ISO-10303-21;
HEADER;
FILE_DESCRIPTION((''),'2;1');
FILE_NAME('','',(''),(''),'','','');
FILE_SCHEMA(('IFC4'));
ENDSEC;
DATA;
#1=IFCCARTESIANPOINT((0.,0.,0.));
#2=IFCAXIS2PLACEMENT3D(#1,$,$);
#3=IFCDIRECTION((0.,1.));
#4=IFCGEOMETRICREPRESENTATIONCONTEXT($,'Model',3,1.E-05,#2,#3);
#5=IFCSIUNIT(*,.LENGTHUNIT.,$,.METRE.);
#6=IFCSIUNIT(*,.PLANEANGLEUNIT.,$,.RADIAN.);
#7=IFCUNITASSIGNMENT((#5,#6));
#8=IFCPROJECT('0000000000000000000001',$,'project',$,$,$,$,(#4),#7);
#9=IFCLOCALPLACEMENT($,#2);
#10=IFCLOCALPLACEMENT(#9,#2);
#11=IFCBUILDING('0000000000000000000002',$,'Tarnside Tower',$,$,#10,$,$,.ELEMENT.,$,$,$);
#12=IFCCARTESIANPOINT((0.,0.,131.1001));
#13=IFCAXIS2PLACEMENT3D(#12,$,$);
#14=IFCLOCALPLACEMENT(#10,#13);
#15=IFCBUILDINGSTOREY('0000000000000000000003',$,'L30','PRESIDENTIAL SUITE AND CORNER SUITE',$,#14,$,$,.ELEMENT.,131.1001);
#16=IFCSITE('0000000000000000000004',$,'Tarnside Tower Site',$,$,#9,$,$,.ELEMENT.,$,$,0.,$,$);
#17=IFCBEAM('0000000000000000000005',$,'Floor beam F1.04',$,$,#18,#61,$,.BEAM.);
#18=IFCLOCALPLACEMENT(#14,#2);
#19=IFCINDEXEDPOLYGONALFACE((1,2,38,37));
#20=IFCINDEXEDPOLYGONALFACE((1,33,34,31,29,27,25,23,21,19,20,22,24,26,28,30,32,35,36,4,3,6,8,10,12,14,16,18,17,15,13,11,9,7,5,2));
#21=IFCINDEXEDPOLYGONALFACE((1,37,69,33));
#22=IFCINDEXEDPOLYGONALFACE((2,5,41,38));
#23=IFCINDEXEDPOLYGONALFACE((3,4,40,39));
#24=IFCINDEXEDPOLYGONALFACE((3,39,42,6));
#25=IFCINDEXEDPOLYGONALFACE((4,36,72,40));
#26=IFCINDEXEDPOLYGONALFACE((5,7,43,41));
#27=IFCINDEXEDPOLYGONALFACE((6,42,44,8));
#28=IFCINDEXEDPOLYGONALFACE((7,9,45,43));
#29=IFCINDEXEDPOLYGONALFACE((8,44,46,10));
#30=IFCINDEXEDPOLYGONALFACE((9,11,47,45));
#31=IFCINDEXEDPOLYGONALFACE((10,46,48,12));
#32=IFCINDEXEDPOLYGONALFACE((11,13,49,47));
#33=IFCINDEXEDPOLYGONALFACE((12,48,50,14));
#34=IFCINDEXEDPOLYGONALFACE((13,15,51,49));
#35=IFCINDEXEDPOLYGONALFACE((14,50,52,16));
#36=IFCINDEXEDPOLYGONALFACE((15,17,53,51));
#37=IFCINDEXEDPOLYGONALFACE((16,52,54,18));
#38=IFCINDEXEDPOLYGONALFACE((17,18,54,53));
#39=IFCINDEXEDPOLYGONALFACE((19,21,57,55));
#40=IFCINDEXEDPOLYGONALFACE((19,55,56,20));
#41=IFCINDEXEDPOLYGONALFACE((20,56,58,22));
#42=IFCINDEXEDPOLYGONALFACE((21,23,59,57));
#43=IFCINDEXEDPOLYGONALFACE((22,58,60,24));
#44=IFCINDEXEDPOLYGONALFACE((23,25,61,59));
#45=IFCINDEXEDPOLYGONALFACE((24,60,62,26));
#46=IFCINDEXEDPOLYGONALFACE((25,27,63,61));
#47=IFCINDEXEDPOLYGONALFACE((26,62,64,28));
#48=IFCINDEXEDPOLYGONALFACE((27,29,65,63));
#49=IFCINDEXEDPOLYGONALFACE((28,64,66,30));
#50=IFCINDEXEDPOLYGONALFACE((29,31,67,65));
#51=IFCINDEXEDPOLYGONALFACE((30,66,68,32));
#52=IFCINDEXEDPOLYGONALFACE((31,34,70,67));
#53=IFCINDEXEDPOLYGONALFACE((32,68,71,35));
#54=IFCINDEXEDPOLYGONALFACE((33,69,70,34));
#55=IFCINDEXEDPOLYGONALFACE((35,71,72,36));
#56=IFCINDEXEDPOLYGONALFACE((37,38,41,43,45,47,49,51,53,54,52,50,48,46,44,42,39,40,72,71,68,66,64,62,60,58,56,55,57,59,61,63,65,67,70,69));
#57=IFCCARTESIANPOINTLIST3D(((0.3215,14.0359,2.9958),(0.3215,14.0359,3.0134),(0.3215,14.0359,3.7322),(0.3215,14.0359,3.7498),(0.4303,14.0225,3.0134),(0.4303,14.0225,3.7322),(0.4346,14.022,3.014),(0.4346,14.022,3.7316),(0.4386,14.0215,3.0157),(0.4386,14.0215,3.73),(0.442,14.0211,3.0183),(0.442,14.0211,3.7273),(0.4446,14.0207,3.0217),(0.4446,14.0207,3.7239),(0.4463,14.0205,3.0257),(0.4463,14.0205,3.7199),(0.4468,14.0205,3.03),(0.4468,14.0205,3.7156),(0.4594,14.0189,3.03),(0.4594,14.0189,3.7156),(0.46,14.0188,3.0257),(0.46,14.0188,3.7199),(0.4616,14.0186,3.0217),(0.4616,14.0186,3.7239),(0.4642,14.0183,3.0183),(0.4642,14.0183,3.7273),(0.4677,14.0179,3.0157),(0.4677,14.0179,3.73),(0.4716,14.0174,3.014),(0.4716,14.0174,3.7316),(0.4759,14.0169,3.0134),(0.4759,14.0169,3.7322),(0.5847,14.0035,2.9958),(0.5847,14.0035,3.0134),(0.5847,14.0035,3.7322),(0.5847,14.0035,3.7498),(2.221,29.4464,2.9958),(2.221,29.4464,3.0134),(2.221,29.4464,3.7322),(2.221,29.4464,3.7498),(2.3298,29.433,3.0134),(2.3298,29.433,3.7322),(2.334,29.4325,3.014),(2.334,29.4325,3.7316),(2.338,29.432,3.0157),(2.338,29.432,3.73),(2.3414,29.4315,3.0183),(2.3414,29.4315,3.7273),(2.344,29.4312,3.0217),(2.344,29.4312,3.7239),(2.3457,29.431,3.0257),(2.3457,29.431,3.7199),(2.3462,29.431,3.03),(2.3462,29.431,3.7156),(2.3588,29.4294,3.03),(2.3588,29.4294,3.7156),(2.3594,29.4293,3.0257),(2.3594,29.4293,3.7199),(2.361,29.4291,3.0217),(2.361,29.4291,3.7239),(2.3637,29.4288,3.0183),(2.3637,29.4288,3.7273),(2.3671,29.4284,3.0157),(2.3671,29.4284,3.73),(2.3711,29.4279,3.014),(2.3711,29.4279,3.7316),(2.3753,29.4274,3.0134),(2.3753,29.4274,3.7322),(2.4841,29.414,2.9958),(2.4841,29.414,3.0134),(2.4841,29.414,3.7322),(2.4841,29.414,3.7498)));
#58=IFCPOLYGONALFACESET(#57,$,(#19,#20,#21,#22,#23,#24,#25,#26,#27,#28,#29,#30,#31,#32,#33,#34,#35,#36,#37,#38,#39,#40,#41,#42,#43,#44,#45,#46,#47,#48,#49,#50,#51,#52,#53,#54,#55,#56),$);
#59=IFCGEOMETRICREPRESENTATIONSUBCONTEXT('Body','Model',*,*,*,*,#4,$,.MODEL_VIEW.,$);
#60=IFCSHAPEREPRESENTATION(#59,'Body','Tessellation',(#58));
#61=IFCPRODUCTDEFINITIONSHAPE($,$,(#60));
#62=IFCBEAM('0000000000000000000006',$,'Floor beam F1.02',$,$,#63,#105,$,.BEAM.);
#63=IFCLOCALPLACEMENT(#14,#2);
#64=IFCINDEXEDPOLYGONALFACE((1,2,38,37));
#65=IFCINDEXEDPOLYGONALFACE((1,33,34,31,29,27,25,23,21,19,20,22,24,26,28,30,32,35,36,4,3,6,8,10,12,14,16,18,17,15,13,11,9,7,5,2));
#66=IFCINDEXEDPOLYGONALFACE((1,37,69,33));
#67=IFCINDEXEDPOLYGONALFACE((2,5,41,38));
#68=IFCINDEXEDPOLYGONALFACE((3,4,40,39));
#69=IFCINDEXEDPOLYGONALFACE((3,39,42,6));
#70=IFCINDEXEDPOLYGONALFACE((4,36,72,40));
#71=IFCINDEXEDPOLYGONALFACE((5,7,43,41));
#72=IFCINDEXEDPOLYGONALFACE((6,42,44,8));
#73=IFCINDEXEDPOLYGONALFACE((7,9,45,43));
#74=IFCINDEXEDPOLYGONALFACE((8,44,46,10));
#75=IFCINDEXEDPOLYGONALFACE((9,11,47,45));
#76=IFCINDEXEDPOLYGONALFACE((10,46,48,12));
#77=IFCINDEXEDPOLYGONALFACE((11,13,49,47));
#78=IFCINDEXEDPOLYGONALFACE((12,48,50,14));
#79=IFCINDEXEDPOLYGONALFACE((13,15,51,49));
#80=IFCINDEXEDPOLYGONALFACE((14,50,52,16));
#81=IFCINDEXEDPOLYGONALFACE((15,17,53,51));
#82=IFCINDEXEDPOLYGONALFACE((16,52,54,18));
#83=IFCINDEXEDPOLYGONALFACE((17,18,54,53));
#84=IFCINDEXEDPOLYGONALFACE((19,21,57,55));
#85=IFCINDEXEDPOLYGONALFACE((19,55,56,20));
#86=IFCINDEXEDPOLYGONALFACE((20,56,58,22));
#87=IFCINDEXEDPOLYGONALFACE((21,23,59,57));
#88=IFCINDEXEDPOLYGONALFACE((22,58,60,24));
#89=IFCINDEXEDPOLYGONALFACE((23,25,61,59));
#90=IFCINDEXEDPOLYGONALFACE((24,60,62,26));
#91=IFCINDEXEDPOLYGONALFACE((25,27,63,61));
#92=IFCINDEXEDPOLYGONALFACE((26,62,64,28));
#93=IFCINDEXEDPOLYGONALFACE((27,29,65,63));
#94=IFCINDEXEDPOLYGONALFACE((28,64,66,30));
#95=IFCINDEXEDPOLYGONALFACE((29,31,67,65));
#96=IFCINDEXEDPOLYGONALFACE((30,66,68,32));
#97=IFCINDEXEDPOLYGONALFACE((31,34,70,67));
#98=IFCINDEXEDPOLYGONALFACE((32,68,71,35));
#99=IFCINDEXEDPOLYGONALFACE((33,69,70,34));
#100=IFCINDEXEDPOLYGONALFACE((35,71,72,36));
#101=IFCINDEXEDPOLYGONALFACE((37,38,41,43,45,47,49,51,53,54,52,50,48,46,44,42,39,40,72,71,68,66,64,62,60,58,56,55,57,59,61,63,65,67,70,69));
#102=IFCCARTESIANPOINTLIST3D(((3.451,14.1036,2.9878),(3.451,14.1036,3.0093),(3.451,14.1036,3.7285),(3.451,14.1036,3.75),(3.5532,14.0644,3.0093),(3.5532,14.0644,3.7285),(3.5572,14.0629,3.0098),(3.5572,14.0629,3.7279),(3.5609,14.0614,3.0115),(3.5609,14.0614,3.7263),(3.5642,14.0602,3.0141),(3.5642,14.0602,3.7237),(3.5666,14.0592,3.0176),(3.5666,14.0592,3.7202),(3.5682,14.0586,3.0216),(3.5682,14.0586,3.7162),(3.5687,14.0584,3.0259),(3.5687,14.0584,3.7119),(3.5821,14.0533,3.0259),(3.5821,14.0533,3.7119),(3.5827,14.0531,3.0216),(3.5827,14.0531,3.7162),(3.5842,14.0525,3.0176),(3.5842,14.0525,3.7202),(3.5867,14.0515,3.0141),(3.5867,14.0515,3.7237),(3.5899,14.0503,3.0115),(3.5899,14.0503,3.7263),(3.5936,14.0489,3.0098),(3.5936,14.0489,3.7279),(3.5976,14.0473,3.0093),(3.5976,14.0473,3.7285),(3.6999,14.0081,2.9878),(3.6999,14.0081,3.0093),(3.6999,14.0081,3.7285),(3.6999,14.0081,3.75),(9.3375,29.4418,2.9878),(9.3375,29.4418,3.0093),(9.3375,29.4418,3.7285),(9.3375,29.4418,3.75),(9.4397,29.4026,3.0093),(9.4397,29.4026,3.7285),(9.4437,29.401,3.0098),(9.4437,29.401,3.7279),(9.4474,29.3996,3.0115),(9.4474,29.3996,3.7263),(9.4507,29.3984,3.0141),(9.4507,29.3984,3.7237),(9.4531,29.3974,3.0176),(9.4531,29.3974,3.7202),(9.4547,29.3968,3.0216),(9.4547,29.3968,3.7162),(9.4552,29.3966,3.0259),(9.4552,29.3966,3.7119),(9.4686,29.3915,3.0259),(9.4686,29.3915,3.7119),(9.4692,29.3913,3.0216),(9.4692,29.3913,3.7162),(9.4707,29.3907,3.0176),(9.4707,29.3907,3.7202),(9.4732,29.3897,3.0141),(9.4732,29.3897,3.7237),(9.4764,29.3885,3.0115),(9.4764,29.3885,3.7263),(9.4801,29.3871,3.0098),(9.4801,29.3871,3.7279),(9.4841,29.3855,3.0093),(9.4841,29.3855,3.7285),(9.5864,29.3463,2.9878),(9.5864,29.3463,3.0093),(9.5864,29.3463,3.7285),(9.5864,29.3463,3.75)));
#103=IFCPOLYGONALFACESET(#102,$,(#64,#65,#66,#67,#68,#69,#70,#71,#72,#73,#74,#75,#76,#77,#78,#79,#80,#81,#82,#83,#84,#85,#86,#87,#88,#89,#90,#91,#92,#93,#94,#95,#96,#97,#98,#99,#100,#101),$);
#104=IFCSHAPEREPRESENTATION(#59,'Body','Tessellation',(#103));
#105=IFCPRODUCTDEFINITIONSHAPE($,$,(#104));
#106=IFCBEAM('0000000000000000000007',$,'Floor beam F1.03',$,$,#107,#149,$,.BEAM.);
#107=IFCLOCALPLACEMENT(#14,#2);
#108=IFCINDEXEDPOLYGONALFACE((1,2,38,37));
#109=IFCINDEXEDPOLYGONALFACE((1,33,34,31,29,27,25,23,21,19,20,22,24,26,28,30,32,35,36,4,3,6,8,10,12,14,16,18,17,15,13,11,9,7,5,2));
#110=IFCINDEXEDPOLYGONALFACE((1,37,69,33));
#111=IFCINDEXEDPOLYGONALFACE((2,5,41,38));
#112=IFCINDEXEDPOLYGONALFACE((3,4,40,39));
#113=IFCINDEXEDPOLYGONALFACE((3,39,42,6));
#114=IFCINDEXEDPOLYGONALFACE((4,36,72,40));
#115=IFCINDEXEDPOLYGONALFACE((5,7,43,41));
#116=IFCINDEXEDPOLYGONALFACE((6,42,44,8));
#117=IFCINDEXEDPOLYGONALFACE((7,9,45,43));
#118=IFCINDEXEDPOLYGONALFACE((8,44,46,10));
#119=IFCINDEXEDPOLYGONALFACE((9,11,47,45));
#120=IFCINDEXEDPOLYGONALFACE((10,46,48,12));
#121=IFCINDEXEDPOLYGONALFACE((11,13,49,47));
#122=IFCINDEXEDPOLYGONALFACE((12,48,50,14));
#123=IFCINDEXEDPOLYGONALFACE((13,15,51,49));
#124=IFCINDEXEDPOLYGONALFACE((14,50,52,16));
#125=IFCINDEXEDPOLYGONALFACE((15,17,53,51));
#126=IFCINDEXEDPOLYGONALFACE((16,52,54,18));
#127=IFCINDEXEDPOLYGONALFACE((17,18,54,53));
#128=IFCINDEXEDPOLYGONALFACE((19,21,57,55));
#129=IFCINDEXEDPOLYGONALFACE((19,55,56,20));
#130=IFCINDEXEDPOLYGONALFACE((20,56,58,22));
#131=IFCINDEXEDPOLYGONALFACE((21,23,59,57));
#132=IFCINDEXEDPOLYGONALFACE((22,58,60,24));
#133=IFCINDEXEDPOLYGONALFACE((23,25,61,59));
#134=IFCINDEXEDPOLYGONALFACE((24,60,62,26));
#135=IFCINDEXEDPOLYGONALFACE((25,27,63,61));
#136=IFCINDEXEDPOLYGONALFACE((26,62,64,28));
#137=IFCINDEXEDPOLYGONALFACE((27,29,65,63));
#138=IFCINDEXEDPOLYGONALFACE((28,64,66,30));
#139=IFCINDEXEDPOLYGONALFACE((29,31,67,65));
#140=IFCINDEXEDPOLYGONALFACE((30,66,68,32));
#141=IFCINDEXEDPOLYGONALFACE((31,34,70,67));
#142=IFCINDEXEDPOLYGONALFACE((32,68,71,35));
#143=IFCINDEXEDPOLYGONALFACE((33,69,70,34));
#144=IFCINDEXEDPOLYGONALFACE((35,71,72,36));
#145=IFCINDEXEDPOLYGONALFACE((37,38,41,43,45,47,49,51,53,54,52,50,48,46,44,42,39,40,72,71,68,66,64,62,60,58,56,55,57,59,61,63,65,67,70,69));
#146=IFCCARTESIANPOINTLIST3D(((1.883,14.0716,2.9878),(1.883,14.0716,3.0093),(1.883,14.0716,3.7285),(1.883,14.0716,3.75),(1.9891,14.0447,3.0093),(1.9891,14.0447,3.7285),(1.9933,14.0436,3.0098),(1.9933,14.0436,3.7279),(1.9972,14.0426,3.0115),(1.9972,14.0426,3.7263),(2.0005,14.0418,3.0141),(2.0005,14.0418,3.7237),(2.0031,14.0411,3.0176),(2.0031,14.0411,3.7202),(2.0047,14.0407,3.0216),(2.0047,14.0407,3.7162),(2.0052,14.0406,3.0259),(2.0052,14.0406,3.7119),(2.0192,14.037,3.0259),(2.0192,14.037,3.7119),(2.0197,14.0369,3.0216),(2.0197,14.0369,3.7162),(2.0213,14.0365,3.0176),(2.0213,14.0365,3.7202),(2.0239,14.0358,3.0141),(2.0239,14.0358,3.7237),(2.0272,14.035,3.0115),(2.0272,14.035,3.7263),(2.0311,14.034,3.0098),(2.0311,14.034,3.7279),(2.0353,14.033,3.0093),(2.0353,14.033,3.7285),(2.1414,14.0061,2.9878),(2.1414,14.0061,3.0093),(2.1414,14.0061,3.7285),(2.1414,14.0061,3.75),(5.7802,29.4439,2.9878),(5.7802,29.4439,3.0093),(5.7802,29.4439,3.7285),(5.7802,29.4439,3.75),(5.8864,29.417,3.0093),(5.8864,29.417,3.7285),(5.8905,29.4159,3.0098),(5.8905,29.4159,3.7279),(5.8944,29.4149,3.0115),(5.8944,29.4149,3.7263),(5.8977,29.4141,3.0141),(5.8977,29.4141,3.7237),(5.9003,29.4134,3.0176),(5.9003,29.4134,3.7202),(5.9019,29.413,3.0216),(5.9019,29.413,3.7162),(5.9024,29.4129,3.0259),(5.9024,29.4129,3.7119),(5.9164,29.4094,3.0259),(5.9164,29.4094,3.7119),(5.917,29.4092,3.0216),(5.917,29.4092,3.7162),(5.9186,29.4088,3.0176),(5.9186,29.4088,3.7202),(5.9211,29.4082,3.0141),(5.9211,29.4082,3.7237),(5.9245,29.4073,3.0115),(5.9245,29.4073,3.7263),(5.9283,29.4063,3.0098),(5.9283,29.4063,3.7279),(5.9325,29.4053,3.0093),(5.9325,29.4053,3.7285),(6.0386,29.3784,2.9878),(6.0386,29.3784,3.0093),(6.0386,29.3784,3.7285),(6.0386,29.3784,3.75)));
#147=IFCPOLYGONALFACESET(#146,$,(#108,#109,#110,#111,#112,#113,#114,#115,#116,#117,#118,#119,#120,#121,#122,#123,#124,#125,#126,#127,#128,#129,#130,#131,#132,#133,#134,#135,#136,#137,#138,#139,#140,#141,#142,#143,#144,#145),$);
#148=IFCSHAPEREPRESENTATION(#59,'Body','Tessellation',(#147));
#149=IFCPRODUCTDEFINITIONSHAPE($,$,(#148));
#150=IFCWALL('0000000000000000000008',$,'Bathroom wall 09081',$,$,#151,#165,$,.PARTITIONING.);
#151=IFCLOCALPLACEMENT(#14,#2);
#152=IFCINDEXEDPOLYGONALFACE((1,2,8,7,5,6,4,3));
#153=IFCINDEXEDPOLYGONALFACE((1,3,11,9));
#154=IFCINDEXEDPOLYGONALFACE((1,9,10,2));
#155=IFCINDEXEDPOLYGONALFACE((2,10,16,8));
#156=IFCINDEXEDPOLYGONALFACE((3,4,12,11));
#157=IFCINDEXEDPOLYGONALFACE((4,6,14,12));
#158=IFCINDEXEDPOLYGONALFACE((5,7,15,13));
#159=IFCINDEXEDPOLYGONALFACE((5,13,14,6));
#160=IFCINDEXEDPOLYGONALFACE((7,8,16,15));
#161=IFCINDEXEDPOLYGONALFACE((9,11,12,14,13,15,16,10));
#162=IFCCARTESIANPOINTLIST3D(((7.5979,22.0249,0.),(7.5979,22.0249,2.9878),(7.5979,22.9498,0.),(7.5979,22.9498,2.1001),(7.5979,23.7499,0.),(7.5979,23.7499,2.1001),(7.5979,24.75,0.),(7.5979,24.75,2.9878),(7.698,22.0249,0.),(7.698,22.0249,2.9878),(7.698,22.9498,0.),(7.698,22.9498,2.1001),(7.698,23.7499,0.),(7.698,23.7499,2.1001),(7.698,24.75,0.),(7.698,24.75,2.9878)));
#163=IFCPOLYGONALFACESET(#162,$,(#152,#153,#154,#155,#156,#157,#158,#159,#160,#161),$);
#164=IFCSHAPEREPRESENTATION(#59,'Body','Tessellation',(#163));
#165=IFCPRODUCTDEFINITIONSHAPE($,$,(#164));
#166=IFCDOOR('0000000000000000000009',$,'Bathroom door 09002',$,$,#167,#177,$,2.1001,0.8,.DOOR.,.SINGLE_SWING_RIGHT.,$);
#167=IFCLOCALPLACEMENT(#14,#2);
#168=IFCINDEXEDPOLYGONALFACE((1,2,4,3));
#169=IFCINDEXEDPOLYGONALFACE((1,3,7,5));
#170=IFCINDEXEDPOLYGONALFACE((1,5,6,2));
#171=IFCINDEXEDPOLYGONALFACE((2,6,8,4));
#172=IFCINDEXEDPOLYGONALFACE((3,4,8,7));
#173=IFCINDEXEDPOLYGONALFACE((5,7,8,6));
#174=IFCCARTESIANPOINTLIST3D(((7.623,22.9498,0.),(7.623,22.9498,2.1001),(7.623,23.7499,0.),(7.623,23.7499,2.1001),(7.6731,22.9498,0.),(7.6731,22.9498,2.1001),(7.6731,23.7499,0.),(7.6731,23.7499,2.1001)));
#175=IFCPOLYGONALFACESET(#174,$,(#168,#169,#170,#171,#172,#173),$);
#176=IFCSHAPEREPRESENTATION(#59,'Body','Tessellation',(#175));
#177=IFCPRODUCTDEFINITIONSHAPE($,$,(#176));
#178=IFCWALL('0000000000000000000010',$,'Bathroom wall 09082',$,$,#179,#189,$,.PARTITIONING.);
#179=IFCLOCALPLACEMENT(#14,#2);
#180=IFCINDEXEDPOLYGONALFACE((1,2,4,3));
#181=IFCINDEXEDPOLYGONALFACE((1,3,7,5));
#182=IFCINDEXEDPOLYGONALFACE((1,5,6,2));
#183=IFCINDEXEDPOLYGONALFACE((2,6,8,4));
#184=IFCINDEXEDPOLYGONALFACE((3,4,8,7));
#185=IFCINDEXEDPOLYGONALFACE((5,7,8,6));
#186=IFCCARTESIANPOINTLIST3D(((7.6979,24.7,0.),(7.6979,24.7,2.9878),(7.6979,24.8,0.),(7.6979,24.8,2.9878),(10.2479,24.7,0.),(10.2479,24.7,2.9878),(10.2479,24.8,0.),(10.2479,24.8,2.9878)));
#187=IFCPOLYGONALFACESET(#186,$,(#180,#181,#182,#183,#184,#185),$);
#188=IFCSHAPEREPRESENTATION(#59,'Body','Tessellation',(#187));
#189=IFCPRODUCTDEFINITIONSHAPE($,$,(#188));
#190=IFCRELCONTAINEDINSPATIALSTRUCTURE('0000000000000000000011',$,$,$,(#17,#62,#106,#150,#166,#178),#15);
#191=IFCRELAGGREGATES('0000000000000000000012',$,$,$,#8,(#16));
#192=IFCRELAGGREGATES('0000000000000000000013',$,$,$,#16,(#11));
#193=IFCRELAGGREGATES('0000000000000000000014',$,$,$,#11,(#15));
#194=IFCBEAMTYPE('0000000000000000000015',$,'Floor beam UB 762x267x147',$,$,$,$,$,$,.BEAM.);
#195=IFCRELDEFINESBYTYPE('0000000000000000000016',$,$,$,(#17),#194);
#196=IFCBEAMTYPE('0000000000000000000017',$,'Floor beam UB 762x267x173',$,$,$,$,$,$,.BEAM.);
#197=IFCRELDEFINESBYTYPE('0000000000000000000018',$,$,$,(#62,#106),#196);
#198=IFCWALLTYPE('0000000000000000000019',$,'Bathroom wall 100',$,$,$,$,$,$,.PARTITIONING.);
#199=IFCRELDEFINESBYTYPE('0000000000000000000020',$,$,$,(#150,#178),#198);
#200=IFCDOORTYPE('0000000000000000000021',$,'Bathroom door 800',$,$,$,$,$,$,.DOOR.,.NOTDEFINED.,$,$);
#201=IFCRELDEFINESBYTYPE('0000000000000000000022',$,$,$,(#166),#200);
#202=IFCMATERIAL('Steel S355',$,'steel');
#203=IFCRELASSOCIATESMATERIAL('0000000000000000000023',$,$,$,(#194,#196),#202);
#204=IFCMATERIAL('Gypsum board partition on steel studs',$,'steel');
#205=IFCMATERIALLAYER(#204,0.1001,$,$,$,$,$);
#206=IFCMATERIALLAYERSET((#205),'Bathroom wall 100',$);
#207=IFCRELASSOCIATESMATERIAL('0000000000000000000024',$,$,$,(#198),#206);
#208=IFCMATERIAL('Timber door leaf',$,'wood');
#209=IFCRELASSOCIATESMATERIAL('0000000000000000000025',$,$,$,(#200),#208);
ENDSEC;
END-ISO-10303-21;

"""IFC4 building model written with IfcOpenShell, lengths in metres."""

from ifc_helpers import new_model, si_unit, direction, frame, frame_2d, origin, origin_2d, place, context, subcontext, project, spatial, rectangle, i_section, extrude, material, layer, layer_set, material_profile, profile_set, type_object, element, fill, save


model = new_model("IFC4")

# Units and contexts
model_context = context("Model", 3, precision=1e-05, world=origin(), true_north=direction((0.0, 1.0)))
body_context = subcontext(model_context, "Body", "Model", "MODEL_VIEW")
ifc_project = project(units=[si_unit("LENGTHUNIT", "METRE"), si_unit("PLANEANGLEUNIT", "RADIAN")], contexts=[model_context])

# Site, building, storey
site_placement = place(None, origin())
site = spatial("IfcSite", under=ifc_project, at=site_placement, Name="Tarnside Tower Site", CompositionType="ELEMENT", RefElevation=0.0)
building_placement = place(site_placement, origin())
building = spatial("IfcBuilding", under=site, at=building_placement, Name="Tarnside Tower", CompositionType="ELEMENT")
storey_placement = place(building_placement, frame((0.0, 0.0, 131.1001)))
storey = spatial("IfcBuildingStorey", under=building, at=storey_placement, Name="L30", Description="PRESIDENTIAL SUITE AND CORNER SUITE", CompositionType="ELEMENT", Elevation=131.1001)

# Beams
ifc_material_1 = material(Name="Steel S355", Category="steel")
ifc_material_profile_1 = material_profile(ifc_material_1, i_section(OverallWidth=0.2651, OverallDepth=0.7539, WebThickness=0.0127, FlangeThickness=0.0176, FilletRadius=0.0166, at=origin_2d()), Name="UB 762x267x147")
ifc_profile_set_1 = profile_set([ifc_material_profile_1], Name="Steel S355")
beam_type_1 = type_object("IfcBeamType", Name="Floor beam UB 762x267x147", PredefinedType="BEAM", material=ifc_profile_set_1)
beam_1_placement = place(storey_placement, frame((2.3525, 29.4302, 3.3728), z_axis=(-0.12233, -0.99249, 0.0), x_axis=(0.99249, -0.12233, 0.0)))
element("IfcBeam", 1, at=beam_1_placement, inside=storey, type_object=beam_type_1, Name="Floor beam F1.04", PredefinedType="BEAM", context=body_context, shape_type="SweptSolid", body=[
    extrude(i_section(OverallWidth=0.2651, OverallDepth=0.7539, WebThickness=0.0127, FlangeThickness=0.0176, FilletRadius=0.0166, at=origin_2d()), origin(), (0.0, 0.0, 1.0), 15.5271),
])
ifc_material_profile_2 = material_profile(ifc_material_1, i_section(OverallWidth=0.2666, OverallDepth=0.7622, WebThickness=0.0144, FlangeThickness=0.0215, FilletRadius=0.0166, at=origin_2d()), Name="UB 762x267x173")
ifc_profile_set_2 = profile_set([ifc_material_profile_2], Name="Steel S355")
beam_type_2 = type_object("IfcBeamType", Name="Floor beam UB 762x267x173", PredefinedType="BEAM", material=ifc_profile_set_2)
beam_2_placement = place(storey_placement, frame((9.4619, 29.394, 3.3689), z_axis=(-0.3583, -0.933607, 0.0), x_axis=(0.933607, -0.3583, 0.0)))
element("IfcBeam", 2, at=beam_2_placement, inside=storey, type_object=beam_type_2, Name="Floor beam F1.02", PredefinedType="BEAM", context=body_context, shape_type="SweptSolid", body=[
    extrude(i_section(OverallWidth=0.2666, OverallDepth=0.7622, WebThickness=0.0144, FlangeThickness=0.0215, FilletRadius=0.0166, at=origin_2d()), origin(), (0.0, 0.0, 1.0), 16.429),
])
beam_3_placement = place(storey_placement, frame((5.9094, 29.4111, 3.3689), z_axis=(-0.245747, -0.969334, 0.0), x_axis=(0.969334, -0.245747, 0.0)))
element("IfcBeam", 3, at=beam_3_placement, inside=storey, type_object=beam_type_2, Name="Floor beam F1.03", PredefinedType="BEAM", context=body_context, shape_type="SweptSolid", body=[
    extrude(i_section(OverallWidth=0.2666, OverallDepth=0.7622, WebThickness=0.0144, FlangeThickness=0.0215, FilletRadius=0.0166, at=origin_2d()), origin(), (0.0, 0.0, 1.0), 15.8586),
])

# Wall, opening, door
ifc_material_2 = material(Name="Gypsum board partition on steel studs", Category="steel")
ifc_layer_1 = layer(ifc_material_2, 0.1001)
ifc_layer_set_1 = layer_set([ifc_layer_1], Name="Bathroom wall 100")
wall_type_1 = type_object("IfcWallType", Name="Bathroom wall 100", PredefinedType="PARTITIONING", material=ifc_layer_set_1)
wall_1_placement = place(storey_placement, frame((7.6479, 22.0249, 0.0), z_axis=(0.0, 0.0, 1.0), x_axis=(0.0, 1.0, 0.0)))
wall_1 = element("IfcWall", 4, at=wall_1_placement, inside=storey, type_object=wall_type_1, Name="Bathroom wall 09081", PredefinedType="PARTITIONING", context=body_context, shape_type="SweptSolid", body=[
    extrude(rectangle(XDim=2.7251, YDim=0.1001, at=frame_2d((1.3625, 0.0))), origin(), (0.0, 0.0, 1.0), 2.9878),
])
opening_1_placement = place(wall_1_placement, frame((0.925, 0.0, 0.0)))
opening_1 = element("IfcOpeningElement", 5, at=opening_1_placement, cuts=wall_1, PredefinedType="OPENING", context=body_context, shape_type="SweptSolid", body=[
    extrude(rectangle(XDim=0.8, YDim=2.1001, at=frame_2d((0.3999, 1.05))), frame((0.0, 0.0601, 0.0), z_axis=(0.0, -1.0, 0.0), x_axis=(1.0, 0.0, 0.0)), (0.0, 0.0, 1.0), 0.1201),
])
ifc_material_3 = material(Name="Timber door leaf", Category="wood")
door_type_1 = type_object("IfcDoorType", Name="Bathroom door 800", OperationType="NOTDEFINED", PredefinedType="DOOR", material=ifc_material_3)
door_1_placement = place(opening_1_placement, origin())
door_1 = element("IfcDoor", 6, at=door_1_placement, inside=storey, type_object=door_type_1, Name="Bathroom door 09002", OperationType="SINGLE_SWING_RIGHT", OverallHeight=2.1001, OverallWidth=0.8, PredefinedType="DOOR", context=body_context, shape_type="SweptSolid", body=[
    extrude(rectangle(XDim=0.8, YDim=2.1001, at=frame_2d((0.3999, 1.05))), frame((0.0, 0.0249, 0.0), z_axis=(0.0, -1.0, 0.0), x_axis=(1.0, 0.0, 0.0)), (0.0, 0.0, 1.0), 0.05),
])
fill(opening_1, door_1)

# Wall
wall_2_placement = place(storey_placement, frame((7.698, 24.75, 0.0), z_axis=(0.0, 0.0, 1.0), x_axis=(1.0, 0.0, 0.0)))
element("IfcWall", 7, at=wall_2_placement, inside=storey, type_object=wall_type_1, Name="Bathroom wall 09082", PredefinedType="PARTITIONING", context=body_context, shape_type="SweptSolid", body=[
    extrude(rectangle(XDim=2.55, YDim=0.1001, at=frame_2d((1.2749, 0.0))), origin(), (0.0, 0.0, 1.0), 2.9878),
])

save(model, "model.ifc")
